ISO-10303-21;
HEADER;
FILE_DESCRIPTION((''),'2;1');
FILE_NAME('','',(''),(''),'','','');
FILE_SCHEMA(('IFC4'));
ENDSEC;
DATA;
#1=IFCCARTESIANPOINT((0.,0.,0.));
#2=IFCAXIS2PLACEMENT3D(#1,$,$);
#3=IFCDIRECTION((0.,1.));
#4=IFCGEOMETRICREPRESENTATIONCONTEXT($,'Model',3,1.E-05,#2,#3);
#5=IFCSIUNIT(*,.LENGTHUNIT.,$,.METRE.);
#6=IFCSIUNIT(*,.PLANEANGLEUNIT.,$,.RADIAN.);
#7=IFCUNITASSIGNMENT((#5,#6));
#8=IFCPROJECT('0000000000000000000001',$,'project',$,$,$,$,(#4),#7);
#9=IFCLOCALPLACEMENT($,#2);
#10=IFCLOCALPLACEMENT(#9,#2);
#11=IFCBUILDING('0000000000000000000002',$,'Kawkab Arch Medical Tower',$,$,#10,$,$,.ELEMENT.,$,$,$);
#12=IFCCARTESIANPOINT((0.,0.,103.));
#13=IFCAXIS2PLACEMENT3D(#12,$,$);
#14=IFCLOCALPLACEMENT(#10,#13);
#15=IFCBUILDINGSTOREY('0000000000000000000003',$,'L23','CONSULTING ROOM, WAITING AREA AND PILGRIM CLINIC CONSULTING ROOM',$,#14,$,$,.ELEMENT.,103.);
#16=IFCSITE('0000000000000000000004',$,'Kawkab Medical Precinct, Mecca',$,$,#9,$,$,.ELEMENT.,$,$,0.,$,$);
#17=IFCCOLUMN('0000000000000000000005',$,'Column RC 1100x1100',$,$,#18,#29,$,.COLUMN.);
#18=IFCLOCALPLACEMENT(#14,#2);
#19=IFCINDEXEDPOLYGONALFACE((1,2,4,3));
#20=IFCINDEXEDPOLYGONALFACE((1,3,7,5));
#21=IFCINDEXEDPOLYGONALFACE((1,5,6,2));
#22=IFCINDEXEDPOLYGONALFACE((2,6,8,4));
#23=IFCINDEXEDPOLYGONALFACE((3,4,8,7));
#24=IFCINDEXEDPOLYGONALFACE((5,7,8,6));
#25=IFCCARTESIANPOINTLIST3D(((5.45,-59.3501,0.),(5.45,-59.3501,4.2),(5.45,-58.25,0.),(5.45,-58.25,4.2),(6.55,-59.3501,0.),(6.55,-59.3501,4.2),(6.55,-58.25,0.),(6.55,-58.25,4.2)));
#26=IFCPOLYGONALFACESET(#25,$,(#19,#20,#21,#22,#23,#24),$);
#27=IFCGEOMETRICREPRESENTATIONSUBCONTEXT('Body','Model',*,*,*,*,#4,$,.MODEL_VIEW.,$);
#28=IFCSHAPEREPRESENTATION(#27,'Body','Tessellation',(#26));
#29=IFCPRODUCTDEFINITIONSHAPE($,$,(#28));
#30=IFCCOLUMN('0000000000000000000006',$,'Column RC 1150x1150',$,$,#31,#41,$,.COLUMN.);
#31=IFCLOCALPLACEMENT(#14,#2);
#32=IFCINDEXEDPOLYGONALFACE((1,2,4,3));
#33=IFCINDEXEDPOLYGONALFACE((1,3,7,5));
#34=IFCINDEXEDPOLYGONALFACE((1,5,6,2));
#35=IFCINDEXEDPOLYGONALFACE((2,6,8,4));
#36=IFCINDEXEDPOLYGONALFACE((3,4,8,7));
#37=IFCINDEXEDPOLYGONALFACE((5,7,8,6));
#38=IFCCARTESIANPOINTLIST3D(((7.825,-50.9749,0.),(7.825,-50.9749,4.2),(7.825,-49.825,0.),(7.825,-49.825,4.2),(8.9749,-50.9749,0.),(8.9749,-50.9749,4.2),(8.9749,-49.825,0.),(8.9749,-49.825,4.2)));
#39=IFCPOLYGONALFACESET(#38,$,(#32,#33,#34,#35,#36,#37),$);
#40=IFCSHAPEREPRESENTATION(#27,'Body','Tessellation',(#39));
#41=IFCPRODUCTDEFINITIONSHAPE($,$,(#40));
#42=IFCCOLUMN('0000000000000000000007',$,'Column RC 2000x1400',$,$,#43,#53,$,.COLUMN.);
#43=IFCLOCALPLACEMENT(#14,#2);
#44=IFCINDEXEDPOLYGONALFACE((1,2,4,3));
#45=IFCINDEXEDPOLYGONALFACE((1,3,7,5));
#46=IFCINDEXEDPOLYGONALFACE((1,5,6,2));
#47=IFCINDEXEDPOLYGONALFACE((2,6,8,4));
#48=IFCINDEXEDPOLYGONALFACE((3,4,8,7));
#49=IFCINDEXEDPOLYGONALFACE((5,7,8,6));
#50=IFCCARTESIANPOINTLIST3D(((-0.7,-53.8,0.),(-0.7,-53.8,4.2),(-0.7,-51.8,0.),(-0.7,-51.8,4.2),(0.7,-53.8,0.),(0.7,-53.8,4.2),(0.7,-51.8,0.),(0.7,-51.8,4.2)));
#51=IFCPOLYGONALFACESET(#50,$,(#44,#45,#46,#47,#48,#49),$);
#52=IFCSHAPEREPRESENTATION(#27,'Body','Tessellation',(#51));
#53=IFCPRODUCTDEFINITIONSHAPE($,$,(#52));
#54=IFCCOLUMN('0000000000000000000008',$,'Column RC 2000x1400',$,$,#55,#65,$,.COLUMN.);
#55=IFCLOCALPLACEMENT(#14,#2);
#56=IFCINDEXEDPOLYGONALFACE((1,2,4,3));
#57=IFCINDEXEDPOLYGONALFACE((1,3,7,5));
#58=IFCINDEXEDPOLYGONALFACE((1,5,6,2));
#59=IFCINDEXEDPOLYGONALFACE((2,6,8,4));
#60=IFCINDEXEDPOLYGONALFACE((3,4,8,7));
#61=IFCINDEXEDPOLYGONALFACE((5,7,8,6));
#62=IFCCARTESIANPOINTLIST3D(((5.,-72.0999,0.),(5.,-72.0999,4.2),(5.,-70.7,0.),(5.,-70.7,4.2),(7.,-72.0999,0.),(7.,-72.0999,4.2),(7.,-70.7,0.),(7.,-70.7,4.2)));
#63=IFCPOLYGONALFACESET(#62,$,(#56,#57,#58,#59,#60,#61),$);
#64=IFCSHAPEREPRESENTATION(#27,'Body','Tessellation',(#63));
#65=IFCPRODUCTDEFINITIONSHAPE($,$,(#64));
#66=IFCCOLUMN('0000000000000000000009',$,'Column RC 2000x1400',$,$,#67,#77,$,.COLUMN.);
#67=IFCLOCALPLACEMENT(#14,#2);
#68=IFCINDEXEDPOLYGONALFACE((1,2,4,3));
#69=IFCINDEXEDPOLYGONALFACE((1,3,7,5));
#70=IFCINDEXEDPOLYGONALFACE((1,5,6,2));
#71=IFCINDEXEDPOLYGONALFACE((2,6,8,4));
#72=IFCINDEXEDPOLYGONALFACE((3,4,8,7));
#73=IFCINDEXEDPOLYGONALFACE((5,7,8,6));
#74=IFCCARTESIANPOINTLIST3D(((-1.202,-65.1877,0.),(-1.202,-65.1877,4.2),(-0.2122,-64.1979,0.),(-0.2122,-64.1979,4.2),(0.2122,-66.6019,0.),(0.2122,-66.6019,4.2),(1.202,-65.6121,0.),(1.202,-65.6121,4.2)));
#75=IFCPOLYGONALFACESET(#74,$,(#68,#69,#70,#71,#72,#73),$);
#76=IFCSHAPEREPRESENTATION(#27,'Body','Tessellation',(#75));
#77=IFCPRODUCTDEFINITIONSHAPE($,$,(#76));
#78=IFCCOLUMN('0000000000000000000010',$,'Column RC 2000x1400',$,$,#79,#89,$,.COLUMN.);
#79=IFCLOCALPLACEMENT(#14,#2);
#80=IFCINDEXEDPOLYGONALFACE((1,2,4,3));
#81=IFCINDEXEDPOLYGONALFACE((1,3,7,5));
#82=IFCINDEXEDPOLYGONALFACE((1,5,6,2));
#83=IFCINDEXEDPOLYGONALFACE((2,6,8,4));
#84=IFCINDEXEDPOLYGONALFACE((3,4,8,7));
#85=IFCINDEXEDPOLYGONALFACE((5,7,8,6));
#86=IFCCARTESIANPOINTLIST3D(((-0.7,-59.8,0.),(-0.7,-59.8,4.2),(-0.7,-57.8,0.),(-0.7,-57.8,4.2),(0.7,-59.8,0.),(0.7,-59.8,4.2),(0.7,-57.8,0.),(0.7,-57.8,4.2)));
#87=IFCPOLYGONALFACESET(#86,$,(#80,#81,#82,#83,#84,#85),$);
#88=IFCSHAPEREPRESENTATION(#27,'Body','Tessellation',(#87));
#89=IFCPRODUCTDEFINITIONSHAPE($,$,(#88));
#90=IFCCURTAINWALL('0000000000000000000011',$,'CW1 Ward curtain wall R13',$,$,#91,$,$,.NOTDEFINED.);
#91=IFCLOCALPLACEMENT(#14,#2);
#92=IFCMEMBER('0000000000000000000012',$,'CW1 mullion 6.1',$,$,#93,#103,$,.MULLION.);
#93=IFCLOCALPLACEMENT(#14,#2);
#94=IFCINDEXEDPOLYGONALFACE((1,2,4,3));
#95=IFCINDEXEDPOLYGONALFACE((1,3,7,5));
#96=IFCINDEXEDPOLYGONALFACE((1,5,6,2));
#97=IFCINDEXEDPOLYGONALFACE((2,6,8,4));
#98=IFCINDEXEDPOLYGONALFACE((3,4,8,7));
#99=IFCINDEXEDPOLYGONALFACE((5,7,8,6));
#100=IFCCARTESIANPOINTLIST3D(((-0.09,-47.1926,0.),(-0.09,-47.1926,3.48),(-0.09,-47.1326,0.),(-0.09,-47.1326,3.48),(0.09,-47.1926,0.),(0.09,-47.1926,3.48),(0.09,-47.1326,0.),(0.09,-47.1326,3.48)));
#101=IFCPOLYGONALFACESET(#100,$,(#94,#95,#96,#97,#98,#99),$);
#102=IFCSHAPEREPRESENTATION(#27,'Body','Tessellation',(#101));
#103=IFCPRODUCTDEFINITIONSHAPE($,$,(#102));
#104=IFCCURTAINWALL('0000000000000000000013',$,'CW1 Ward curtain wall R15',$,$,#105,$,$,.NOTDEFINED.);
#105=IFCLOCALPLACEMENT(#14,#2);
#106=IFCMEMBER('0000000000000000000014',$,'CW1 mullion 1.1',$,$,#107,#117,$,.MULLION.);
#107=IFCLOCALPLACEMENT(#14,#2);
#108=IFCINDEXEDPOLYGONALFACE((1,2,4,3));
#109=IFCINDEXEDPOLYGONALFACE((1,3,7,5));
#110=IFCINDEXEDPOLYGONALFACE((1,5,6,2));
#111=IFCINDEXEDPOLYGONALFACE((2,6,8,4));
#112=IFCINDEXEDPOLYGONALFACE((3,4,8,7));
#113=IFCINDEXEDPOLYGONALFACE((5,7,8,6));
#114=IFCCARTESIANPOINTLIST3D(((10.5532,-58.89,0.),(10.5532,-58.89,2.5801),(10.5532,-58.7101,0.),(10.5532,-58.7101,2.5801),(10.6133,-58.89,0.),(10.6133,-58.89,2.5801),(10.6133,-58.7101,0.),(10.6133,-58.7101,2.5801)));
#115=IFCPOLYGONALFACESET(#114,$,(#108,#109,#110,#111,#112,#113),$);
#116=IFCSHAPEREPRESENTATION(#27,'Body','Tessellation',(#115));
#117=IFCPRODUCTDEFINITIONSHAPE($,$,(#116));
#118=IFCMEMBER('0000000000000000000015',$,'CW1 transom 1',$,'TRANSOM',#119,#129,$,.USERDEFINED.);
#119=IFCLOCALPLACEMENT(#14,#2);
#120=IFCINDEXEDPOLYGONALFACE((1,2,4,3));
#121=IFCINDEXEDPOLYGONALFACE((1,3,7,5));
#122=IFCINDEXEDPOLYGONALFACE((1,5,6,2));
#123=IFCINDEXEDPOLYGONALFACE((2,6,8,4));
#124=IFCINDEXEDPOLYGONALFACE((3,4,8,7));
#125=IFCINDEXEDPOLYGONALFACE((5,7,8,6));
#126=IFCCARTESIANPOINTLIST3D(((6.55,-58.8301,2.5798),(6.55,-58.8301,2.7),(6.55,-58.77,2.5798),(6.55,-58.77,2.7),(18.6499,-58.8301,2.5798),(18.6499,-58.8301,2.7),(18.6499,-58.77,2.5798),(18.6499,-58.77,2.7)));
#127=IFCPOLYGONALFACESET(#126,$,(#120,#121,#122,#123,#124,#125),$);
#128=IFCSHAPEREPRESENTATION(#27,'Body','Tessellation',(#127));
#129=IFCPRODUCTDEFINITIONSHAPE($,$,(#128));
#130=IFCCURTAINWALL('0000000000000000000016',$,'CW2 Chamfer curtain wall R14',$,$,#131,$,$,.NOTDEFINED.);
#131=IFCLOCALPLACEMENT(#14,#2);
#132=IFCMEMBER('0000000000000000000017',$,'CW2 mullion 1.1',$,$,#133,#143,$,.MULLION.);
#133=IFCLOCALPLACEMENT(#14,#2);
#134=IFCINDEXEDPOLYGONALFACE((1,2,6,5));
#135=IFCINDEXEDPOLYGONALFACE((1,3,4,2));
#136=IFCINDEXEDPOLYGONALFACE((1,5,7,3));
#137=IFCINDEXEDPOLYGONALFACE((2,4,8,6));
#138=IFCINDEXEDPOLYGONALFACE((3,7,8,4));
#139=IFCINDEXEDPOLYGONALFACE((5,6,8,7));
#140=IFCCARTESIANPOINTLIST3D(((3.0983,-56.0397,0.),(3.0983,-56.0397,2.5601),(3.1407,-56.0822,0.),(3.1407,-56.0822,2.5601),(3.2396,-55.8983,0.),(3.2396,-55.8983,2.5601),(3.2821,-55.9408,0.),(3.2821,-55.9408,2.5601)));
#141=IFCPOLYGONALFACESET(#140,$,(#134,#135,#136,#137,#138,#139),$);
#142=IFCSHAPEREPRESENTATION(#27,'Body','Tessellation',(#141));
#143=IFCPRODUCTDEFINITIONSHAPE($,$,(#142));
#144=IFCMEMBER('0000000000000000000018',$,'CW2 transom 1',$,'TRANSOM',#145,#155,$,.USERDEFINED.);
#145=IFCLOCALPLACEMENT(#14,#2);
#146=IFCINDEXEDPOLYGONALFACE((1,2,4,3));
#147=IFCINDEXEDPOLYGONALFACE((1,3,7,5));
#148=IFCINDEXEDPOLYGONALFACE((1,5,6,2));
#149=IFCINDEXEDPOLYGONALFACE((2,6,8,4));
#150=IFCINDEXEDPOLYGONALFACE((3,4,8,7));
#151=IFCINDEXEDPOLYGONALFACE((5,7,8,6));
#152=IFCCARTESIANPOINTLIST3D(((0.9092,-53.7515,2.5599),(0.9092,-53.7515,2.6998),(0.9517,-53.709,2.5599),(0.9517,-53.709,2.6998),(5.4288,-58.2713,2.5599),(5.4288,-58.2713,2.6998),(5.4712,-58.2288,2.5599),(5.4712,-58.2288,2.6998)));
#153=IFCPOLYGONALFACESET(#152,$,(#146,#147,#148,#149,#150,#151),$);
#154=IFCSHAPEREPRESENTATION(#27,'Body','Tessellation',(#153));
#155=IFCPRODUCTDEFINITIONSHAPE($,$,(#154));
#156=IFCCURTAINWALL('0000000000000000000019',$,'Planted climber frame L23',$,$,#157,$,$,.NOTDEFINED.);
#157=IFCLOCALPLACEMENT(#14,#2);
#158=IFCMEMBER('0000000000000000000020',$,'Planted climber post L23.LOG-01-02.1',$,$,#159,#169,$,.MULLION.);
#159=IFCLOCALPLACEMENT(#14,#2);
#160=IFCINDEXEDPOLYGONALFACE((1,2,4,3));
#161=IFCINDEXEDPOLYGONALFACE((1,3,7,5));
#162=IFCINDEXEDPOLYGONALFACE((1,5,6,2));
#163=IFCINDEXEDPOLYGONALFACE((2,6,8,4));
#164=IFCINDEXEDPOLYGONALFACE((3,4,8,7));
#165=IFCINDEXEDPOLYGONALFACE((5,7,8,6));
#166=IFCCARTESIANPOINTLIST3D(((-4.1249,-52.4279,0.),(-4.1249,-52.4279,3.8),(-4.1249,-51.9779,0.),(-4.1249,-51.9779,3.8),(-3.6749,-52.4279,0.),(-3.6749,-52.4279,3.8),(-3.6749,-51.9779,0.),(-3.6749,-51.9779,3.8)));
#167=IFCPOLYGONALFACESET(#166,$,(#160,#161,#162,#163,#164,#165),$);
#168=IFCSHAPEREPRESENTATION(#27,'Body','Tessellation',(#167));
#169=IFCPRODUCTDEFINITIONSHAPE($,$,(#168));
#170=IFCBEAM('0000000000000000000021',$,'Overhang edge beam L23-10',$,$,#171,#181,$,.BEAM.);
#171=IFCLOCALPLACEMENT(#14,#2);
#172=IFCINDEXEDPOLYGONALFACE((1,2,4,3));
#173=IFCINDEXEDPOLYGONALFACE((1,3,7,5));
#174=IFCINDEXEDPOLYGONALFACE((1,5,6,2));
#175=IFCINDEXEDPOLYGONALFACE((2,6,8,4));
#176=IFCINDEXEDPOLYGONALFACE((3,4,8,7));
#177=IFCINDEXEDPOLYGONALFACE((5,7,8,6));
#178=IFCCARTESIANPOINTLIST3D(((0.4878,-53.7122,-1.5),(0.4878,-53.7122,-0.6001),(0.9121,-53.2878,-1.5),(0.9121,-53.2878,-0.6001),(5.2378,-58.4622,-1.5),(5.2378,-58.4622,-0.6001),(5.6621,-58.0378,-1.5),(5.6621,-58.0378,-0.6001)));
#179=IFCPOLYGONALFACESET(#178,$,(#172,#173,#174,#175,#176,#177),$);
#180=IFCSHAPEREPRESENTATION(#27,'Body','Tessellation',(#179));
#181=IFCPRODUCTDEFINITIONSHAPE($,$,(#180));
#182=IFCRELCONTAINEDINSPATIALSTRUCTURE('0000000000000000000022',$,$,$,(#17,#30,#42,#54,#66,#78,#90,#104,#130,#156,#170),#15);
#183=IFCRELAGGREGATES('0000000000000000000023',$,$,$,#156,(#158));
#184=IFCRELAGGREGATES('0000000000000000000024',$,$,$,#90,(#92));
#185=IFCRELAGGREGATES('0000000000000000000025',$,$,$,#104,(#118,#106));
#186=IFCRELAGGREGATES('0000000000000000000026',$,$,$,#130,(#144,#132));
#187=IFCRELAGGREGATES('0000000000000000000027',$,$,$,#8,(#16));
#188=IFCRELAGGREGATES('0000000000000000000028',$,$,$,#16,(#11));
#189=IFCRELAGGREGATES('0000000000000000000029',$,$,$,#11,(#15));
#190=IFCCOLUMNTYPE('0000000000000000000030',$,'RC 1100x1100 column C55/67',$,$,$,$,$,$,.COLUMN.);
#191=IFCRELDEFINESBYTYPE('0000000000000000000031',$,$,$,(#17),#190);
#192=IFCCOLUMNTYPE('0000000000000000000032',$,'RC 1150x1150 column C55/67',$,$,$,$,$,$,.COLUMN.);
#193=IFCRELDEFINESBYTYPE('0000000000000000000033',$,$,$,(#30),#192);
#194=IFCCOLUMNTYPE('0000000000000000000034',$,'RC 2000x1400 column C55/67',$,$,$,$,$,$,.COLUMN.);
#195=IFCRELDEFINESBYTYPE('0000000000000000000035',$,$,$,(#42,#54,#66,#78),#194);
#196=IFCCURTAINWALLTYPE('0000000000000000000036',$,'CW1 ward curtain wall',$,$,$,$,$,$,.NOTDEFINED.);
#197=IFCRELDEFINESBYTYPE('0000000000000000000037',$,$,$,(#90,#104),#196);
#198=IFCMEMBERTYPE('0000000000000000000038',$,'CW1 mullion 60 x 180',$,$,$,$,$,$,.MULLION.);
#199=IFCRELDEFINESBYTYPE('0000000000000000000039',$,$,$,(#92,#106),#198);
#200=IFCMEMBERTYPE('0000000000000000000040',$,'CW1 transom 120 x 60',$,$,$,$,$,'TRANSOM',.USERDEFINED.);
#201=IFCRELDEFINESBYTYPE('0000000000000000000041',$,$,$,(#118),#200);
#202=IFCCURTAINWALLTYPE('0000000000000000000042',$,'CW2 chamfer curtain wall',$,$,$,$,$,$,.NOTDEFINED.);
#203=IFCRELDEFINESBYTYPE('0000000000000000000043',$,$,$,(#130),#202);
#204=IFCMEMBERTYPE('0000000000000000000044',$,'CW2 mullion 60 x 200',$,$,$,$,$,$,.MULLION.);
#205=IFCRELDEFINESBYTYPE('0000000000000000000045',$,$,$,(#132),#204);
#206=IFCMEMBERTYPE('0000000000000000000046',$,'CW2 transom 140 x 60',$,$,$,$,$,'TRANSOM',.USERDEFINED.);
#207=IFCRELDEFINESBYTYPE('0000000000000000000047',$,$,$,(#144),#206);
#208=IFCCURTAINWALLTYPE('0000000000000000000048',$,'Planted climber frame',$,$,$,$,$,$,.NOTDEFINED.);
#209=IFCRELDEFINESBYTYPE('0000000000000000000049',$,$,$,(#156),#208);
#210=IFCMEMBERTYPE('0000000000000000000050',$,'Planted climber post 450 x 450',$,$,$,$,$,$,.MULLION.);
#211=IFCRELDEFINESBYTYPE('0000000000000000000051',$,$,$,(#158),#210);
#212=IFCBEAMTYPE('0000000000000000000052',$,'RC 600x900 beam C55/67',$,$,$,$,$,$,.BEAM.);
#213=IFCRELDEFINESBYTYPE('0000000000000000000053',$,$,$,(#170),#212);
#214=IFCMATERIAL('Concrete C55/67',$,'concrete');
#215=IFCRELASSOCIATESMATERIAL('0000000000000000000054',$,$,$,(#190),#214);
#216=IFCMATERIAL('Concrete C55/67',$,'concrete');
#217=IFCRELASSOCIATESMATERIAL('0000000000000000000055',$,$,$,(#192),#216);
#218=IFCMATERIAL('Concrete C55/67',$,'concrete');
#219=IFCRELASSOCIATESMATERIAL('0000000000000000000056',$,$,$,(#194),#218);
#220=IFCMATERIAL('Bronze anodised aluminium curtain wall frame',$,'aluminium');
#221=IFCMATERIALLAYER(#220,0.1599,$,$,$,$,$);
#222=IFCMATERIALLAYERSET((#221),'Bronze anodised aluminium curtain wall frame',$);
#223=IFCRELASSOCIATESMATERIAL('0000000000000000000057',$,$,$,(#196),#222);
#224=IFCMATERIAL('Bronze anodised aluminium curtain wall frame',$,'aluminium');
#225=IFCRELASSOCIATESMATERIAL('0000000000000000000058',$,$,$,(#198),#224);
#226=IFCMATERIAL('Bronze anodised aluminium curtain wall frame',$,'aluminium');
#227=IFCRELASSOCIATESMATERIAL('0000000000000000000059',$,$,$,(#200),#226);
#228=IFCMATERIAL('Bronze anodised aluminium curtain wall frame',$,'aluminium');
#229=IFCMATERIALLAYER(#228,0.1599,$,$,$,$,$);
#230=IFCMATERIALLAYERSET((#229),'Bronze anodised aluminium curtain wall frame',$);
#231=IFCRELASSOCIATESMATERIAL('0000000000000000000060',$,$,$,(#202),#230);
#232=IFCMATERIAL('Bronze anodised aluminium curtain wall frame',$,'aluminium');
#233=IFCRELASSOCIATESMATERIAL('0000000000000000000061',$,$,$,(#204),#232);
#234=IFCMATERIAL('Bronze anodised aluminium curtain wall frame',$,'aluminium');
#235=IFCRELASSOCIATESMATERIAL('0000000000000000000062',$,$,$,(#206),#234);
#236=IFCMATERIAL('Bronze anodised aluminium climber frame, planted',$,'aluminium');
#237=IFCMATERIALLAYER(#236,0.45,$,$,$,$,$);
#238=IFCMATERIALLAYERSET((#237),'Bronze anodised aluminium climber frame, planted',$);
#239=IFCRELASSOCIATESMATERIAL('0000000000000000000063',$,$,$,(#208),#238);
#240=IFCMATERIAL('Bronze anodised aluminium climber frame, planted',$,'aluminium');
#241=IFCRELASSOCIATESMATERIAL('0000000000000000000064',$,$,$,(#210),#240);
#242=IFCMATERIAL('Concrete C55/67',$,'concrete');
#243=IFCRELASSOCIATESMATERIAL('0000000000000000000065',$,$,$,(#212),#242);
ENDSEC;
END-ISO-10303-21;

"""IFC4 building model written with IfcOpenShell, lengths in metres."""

from ifc_helpers import new_model, si_unit, direction, frame, origin, origin_2d, place, context, subcontext, project, spatial, rectangle, extrude, material, layer, layer_set, material_profile, profile_set, type_object, element, aggregate, save


model = new_model("IFC4")

# Units and contexts
model_context = context("Model", 3, precision=1e-05, world=origin(), true_north=direction((0.0, 1.0)))
body_context = subcontext(model_context, "Body", "Model", "MODEL_VIEW")
ifc_project = project(units=[si_unit("LENGTHUNIT", "METRE"), si_unit("PLANEANGLEUNIT", "RADIAN")], contexts=[model_context])

# Site, building, storey
site_placement = place(None, origin())
site = spatial("IfcSite", under=ifc_project, at=site_placement, Name="Kawkab Medical Precinct, Mecca", CompositionType="ELEMENT", RefElevation=0.0)
building_placement = place(site_placement, origin())
building = spatial("IfcBuilding", under=site, at=building_placement, Name="Kawkab Arch Medical Tower", CompositionType="ELEMENT")
storey_placement = place(building_placement, frame((0.0, 0.0, 103.0)))
storey = spatial("IfcBuildingStorey", under=building, at=storey_placement, Name="L23", Description="CONSULTING ROOM, WAITING AREA AND PILGRIM CLINIC CONSULTING ROOM", CompositionType="ELEMENT", Elevation=103.0)

# Columns
ifc_material_1 = material(Name="Concrete C55/67", Category="concrete")
ifc_material_profile_1 = material_profile(ifc_material_1, rectangle(XDim=1.1001, YDim=1.1001, at=origin_2d()), Name="RC 1100x1100")
ifc_profile_set_1 = profile_set([ifc_material_profile_1], Name="Concrete C55/67")
column_type_1 = type_object("IfcColumnType", Name="RC 1100x1100 column C55/67", PredefinedType="COLUMN", material=ifc_profile_set_1)
column_1_placement = place(storey_placement, frame((6.0, -58.8, 0.0), z_axis=(0.0, 0.0, 1.0), x_axis=(1.0, 0.0, 0.0)))
element("IfcColumn", 1, at=column_1_placement, inside=storey, type_object=column_type_1, Name="Column RC 1100x1100", PredefinedType="COLUMN", context=body_context, shape_type="SweptSolid", body=[
    extrude(rectangle(XDim=1.1001, YDim=1.1001, at=origin_2d()), origin(), (0.0, 0.0, 1.0), 4.2),
])
ifc_material_2 = material(Name="Concrete C55/67", Category="concrete")
ifc_material_profile_2 = material_profile(ifc_material_2, rectangle(XDim=1.1499, YDim=1.1499, at=origin_2d()), Name="RC 1150x1150")
ifc_profile_set_2 = profile_set([ifc_material_profile_2], Name="Concrete C55/67")
column_type_2 = type_object("IfcColumnType", Name="RC 1150x1150 column C55/67", PredefinedType="COLUMN", material=ifc_profile_set_2)
column_2_placement = place(storey_placement, frame((8.3999, -50.3999, 0.0), z_axis=(0.0, 0.0, 1.0), x_axis=(1.0, 0.0, 0.0)))
element("IfcColumn", 2, at=column_2_placement, inside=storey, type_object=column_type_2, Name="Column RC 1150x1150", PredefinedType="COLUMN", context=body_context, shape_type="SweptSolid", body=[
    extrude(rectangle(XDim=1.1499, YDim=1.1499, at=origin_2d()), origin(), (0.0, 0.0, 1.0), 4.2),
])
ifc_material_3 = material(Name="Concrete C55/67", Category="concrete")
ifc_material_profile_3 = material_profile(ifc_material_3, rectangle(XDim=2.0, YDim=1.3999, at=origin_2d()), Name="RC 2000x1400")
ifc_profile_set_3 = profile_set([ifc_material_profile_3], Name="Concrete C55/67")
column_type_3 = type_object("IfcColumnType", Name="RC 2000x1400 column C55/67", PredefinedType="COLUMN", material=ifc_profile_set_3)
for number, where, z_axis, x_axis, name in (
    (3, (0.0, -52.8, 0.0), (0.0, 0.0, 1.0), (0.0, 1.0, 0.0), "Column RC 2000x1400"),
    (4, (6.0, -71.3999, 0.0), (0.0, 0.0, 1.0), (-1.0, 0.0, 0.0), "Column RC 2000x1400"),
    (5, (0.0, -65.3999, 0.0), (0.0, 0.0, 1.0), (-0.707107, 0.707107, 0.0), "Column RC 2000x1400"),
    (6, (0.0, -58.8, 0.0), (0.0, 0.0, 1.0), (0.0, 1.0, 0.0), "Column RC 2000x1400"),
):
    element("IfcColumn", number, at=place(storey_placement, frame(where, z_axis=z_axis, x_axis=x_axis)), inside=storey, type_object=column_type_3, Name=name, PredefinedType="COLUMN", context=body_context, shape_type="SweptSolid", body=[
        extrude(rectangle(XDim=2.0, YDim=1.3999, at=origin_2d()), origin(), (0.0, 0.0, 1.0), 4.2),
    ])

# Curtain wall, member
ifc_material_4 = material(Name="Bronze anodised aluminium curtain wall frame", Category="aluminium")
ifc_layer_1 = layer(ifc_material_4, 0.1599)
ifc_layer_set_1 = layer_set([ifc_layer_1], Name="Bronze anodised aluminium curtain wall frame")
curtain_wall_type_1 = type_object("IfcCurtainWallType", Name="CW1 ward curtain wall", PredefinedType="NOTDEFINED", material=ifc_layer_set_1)
placement = place(storey_placement, origin())
curtain_wall_1 = element("IfcCurtainWall", 7, at=placement, inside=storey, type_object=curtain_wall_type_1, Name="CW1 Ward curtain wall R13", PredefinedType="NOTDEFINED")
ifc_material_5 = material(Name="Bronze anodised aluminium curtain wall frame", Category="aluminium")
ifc_material_profile_4 = material_profile(ifc_material_5, rectangle(XDim=0.1799, YDim=0.0601, at=origin_2d()), Name="AL 60x180")
ifc_profile_set_4 = profile_set([ifc_material_profile_4], Name="Bronze anodised aluminium curtain wall frame")
member_type_1 = type_object("IfcMemberType", Name="CW1 mullion 60 x 180", PredefinedType="MULLION", material=ifc_profile_set_4)
member_1_placement = place(storey_placement, frame((0.0, -47.1626, 0.0), z_axis=(0.0, 0.0, 1.0), x_axis=(1.0, 0.0, 0.0)))
member_1 = element("IfcMember", 8, at=member_1_placement, type_object=member_type_1, Name="CW1 mullion 6.1", PredefinedType="MULLION", context=body_context, shape_type="SweptSolid", body=[
    extrude(rectangle(XDim=0.1799, YDim=0.0601, at=origin_2d()), origin(), (0.0, 0.0, 1.0), 3.48),
])

# Curtain walls, members
curtain_wall_2 = element("IfcCurtainWall", 9, at=placement, inside=storey, type_object=curtain_wall_type_1, Name="CW1 Ward curtain wall R15", PredefinedType="NOTDEFINED")
member_2_placement = place(storey_placement, frame((10.5833, -58.8, 0.0), z_axis=(0.0, 0.0, 1.0), x_axis=(0.0, 1.0, 0.0)))
member_2 = element("IfcMember", 10, at=member_2_placement, type_object=member_type_1, Name="CW1 mullion 1.1", PredefinedType="MULLION", context=body_context, shape_type="SweptSolid", body=[
    extrude(rectangle(XDim=0.1799, YDim=0.0601, at=origin_2d()), origin(), (0.0, 0.0, 1.0), 2.5801),
])
ifc_material_6 = material(Name="Bronze anodised aluminium curtain wall frame", Category="aluminium")
ifc_material_profile_5 = material_profile(ifc_material_6, rectangle(XDim=0.0601, YDim=0.1201, at=origin_2d()), Name="AL 60x120")
ifc_profile_set_5 = profile_set([ifc_material_profile_5], Name="Bronze anodised aluminium curtain wall frame")
member_type_2 = type_object("IfcMemberType", Name="CW1 transom 120 x 60", ElementType="TRANSOM", PredefinedType="USERDEFINED", material=ifc_profile_set_5)
member_3_placement = place(storey_placement, frame((6.55, -58.8, 2.6399), z_axis=(1.0, 0.0, 0.0), x_axis=(0.0, 1.0, 0.0)))
member_3 = element("IfcMember", 11, at=member_3_placement, type_object=member_type_2, Name="CW1 transom 1", ObjectType="TRANSOM", PredefinedType="USERDEFINED", context=body_context, shape_type="SweptSolid", body=[
    extrude(rectangle(XDim=0.0601, YDim=0.1201, at=origin_2d()), origin(), (0.0, 0.0, 1.0), 12.0999),
])
ifc_material_7 = material(Name="Bronze anodised aluminium curtain wall frame", Category="aluminium")
ifc_layer_2 = layer(ifc_material_7, 0.1599)
ifc_layer_set_2 = layer_set([ifc_layer_2], Name="Bronze anodised aluminium curtain wall frame")
curtain_wall_type_2 = type_object("IfcCurtainWallType", Name="CW2 chamfer curtain wall", PredefinedType="NOTDEFINED", material=ifc_layer_set_2)
curtain_wall_3 = element("IfcCurtainWall", 12, at=placement, inside=storey, type_object=curtain_wall_type_2, Name="CW2 Chamfer curtain wall R14", PredefinedType="NOTDEFINED")
ifc_material_8 = material(Name="Bronze anodised aluminium curtain wall frame", Category="aluminium")
ifc_material_profile_6 = material_profile(ifc_material_8, rectangle(XDim=0.2, YDim=0.0601, at=origin_2d()), Name="AL 60x200")
ifc_profile_set_6 = profile_set([ifc_material_profile_6], Name="Bronze anodised aluminium curtain wall frame")
member_type_3 = type_object("IfcMemberType", Name="CW2 mullion 60 x 200", PredefinedType="MULLION", material=ifc_profile_set_6)
member_4_placement = place(storey_placement, frame((3.1902, -55.9902, 0.0), z_axis=(0.0, 0.0, 1.0), x_axis=(0.707107, 0.707107, 0.0)))
member_4 = element("IfcMember", 13, at=member_4_placement, type_object=member_type_3, Name="CW2 mullion 1.1", PredefinedType="MULLION", context=body_context, shape_type="SweptSolid", body=[
    extrude(rectangle(XDim=0.2, YDim=0.0601, at=origin_2d()), origin(), (0.0, 0.0, 1.0), 2.5601),
])
ifc_material_9 = material(Name="Bronze anodised aluminium curtain wall frame", Category="aluminium")
ifc_material_profile_7 = material_profile(ifc_material_9, rectangle(XDim=0.0601, YDim=0.1399, at=origin_2d()), Name="AL 60x140")
ifc_profile_set_7 = profile_set([ifc_material_profile_7], Name="Bronze anodised aluminium curtain wall frame")
member_type_4 = type_object("IfcMemberType", Name="CW2 transom 140 x 60", ElementType="TRANSOM", PredefinedType="USERDEFINED", material=ifc_profile_set_7)
member_5_placement = place(storey_placement, frame((0.9304, -53.7302, 2.6299), z_axis=(0.707088, -0.707126, 0.0), x_axis=(0.707126, 0.707088, 0.0)))
member_5 = element("IfcMember", 14, at=member_5_placement, type_object=member_type_4, Name="CW2 transom 1", ObjectType="TRANSOM", PredefinedType="USERDEFINED", context=body_context, shape_type="SweptSolid", body=[
    extrude(rectangle(XDim=0.0601, YDim=0.1399, at=origin_2d()), origin(), (0.0, 0.0, 1.0), 6.3918),
])

# Curtain wall, member
ifc_material_10 = material(Name="Bronze anodised aluminium climber frame, planted", Category="aluminium")
ifc_layer_3 = layer(ifc_material_10, 0.45)
ifc_layer_set_3 = layer_set([ifc_layer_3], Name="Bronze anodised aluminium climber frame, planted")
curtain_wall_type_3 = type_object("IfcCurtainWallType", Name="Planted climber frame", PredefinedType="NOTDEFINED", material=ifc_layer_set_3)
curtain_wall_4 = element("IfcCurtainWall", 15, at=placement, inside=storey, type_object=curtain_wall_type_3, Name="Planted climber frame L23", PredefinedType="NOTDEFINED")
ifc_material_11 = material(Name="Bronze anodised aluminium climber frame, planted", Category="aluminium")
ifc_material_profile_8 = material_profile(ifc_material_11, rectangle(XDim=0.45, YDim=0.45, at=origin_2d()), Name="Post 450x450")
ifc_profile_set_8 = profile_set([ifc_material_profile_8], Name="Bronze anodised aluminium climber frame, planted")
member_type_5 = type_object("IfcMemberType", Name="Planted climber post 450 x 450", PredefinedType="MULLION", material=ifc_profile_set_8)
member_6_placement = place(storey_placement, frame((-3.8999, -52.2029, 0.0), z_axis=(0.0, 0.0, 1.0), x_axis=(1.0, 0.0, 0.0)))
member_6 = element("IfcMember", 16, at=member_6_placement, type_object=member_type_5, Name="Planted climber post L23.LOG-01-02.1", PredefinedType="MULLION", context=body_context, shape_type="SweptSolid", body=[
    extrude(rectangle(XDim=0.45, YDim=0.45, at=origin_2d()), origin(), (0.0, 0.0, 1.0), 3.8),
])
aggregate(curtain_wall_4, [member_6])

# Beam
ifc_material_12 = material(Name="Concrete C55/67", Category="concrete")
ifc_material_profile_9 = material_profile(ifc_material_12, rectangle(XDim=0.6001, YDim=0.8999, at=origin_2d()), Name="RC 600x900")
ifc_profile_set_9 = profile_set([ifc_material_profile_9], Name="Concrete C55/67")
beam_type_1 = type_object("IfcBeamType", Name="RC 600x900 beam C55/67", PredefinedType="BEAM", material=ifc_profile_set_9)
beam_1_placement = place(storey_placement, frame((5.45, -58.25, -1.05), z_axis=(-0.707107, 0.707107, 0.0), x_axis=(-0.707107, -0.707107, 0.0)))
element("IfcBeam", 17, at=beam_1_placement, inside=storey, type_object=beam_type_1, Name="Overhang edge beam L23-10", PredefinedType="BEAM", context=body_context, shape_type="SweptSolid", body=[
    extrude(rectangle(XDim=0.6001, YDim=0.8999, at=origin_2d()), origin(), (0.0, 0.0, 1.0), 6.7175),
])

aggregate(curtain_wall_1, [member_1])
aggregate(curtain_wall_2, [member_3, member_2])
aggregate(curtain_wall_3, [member_5, member_4])

save(model, "model.ifc")
